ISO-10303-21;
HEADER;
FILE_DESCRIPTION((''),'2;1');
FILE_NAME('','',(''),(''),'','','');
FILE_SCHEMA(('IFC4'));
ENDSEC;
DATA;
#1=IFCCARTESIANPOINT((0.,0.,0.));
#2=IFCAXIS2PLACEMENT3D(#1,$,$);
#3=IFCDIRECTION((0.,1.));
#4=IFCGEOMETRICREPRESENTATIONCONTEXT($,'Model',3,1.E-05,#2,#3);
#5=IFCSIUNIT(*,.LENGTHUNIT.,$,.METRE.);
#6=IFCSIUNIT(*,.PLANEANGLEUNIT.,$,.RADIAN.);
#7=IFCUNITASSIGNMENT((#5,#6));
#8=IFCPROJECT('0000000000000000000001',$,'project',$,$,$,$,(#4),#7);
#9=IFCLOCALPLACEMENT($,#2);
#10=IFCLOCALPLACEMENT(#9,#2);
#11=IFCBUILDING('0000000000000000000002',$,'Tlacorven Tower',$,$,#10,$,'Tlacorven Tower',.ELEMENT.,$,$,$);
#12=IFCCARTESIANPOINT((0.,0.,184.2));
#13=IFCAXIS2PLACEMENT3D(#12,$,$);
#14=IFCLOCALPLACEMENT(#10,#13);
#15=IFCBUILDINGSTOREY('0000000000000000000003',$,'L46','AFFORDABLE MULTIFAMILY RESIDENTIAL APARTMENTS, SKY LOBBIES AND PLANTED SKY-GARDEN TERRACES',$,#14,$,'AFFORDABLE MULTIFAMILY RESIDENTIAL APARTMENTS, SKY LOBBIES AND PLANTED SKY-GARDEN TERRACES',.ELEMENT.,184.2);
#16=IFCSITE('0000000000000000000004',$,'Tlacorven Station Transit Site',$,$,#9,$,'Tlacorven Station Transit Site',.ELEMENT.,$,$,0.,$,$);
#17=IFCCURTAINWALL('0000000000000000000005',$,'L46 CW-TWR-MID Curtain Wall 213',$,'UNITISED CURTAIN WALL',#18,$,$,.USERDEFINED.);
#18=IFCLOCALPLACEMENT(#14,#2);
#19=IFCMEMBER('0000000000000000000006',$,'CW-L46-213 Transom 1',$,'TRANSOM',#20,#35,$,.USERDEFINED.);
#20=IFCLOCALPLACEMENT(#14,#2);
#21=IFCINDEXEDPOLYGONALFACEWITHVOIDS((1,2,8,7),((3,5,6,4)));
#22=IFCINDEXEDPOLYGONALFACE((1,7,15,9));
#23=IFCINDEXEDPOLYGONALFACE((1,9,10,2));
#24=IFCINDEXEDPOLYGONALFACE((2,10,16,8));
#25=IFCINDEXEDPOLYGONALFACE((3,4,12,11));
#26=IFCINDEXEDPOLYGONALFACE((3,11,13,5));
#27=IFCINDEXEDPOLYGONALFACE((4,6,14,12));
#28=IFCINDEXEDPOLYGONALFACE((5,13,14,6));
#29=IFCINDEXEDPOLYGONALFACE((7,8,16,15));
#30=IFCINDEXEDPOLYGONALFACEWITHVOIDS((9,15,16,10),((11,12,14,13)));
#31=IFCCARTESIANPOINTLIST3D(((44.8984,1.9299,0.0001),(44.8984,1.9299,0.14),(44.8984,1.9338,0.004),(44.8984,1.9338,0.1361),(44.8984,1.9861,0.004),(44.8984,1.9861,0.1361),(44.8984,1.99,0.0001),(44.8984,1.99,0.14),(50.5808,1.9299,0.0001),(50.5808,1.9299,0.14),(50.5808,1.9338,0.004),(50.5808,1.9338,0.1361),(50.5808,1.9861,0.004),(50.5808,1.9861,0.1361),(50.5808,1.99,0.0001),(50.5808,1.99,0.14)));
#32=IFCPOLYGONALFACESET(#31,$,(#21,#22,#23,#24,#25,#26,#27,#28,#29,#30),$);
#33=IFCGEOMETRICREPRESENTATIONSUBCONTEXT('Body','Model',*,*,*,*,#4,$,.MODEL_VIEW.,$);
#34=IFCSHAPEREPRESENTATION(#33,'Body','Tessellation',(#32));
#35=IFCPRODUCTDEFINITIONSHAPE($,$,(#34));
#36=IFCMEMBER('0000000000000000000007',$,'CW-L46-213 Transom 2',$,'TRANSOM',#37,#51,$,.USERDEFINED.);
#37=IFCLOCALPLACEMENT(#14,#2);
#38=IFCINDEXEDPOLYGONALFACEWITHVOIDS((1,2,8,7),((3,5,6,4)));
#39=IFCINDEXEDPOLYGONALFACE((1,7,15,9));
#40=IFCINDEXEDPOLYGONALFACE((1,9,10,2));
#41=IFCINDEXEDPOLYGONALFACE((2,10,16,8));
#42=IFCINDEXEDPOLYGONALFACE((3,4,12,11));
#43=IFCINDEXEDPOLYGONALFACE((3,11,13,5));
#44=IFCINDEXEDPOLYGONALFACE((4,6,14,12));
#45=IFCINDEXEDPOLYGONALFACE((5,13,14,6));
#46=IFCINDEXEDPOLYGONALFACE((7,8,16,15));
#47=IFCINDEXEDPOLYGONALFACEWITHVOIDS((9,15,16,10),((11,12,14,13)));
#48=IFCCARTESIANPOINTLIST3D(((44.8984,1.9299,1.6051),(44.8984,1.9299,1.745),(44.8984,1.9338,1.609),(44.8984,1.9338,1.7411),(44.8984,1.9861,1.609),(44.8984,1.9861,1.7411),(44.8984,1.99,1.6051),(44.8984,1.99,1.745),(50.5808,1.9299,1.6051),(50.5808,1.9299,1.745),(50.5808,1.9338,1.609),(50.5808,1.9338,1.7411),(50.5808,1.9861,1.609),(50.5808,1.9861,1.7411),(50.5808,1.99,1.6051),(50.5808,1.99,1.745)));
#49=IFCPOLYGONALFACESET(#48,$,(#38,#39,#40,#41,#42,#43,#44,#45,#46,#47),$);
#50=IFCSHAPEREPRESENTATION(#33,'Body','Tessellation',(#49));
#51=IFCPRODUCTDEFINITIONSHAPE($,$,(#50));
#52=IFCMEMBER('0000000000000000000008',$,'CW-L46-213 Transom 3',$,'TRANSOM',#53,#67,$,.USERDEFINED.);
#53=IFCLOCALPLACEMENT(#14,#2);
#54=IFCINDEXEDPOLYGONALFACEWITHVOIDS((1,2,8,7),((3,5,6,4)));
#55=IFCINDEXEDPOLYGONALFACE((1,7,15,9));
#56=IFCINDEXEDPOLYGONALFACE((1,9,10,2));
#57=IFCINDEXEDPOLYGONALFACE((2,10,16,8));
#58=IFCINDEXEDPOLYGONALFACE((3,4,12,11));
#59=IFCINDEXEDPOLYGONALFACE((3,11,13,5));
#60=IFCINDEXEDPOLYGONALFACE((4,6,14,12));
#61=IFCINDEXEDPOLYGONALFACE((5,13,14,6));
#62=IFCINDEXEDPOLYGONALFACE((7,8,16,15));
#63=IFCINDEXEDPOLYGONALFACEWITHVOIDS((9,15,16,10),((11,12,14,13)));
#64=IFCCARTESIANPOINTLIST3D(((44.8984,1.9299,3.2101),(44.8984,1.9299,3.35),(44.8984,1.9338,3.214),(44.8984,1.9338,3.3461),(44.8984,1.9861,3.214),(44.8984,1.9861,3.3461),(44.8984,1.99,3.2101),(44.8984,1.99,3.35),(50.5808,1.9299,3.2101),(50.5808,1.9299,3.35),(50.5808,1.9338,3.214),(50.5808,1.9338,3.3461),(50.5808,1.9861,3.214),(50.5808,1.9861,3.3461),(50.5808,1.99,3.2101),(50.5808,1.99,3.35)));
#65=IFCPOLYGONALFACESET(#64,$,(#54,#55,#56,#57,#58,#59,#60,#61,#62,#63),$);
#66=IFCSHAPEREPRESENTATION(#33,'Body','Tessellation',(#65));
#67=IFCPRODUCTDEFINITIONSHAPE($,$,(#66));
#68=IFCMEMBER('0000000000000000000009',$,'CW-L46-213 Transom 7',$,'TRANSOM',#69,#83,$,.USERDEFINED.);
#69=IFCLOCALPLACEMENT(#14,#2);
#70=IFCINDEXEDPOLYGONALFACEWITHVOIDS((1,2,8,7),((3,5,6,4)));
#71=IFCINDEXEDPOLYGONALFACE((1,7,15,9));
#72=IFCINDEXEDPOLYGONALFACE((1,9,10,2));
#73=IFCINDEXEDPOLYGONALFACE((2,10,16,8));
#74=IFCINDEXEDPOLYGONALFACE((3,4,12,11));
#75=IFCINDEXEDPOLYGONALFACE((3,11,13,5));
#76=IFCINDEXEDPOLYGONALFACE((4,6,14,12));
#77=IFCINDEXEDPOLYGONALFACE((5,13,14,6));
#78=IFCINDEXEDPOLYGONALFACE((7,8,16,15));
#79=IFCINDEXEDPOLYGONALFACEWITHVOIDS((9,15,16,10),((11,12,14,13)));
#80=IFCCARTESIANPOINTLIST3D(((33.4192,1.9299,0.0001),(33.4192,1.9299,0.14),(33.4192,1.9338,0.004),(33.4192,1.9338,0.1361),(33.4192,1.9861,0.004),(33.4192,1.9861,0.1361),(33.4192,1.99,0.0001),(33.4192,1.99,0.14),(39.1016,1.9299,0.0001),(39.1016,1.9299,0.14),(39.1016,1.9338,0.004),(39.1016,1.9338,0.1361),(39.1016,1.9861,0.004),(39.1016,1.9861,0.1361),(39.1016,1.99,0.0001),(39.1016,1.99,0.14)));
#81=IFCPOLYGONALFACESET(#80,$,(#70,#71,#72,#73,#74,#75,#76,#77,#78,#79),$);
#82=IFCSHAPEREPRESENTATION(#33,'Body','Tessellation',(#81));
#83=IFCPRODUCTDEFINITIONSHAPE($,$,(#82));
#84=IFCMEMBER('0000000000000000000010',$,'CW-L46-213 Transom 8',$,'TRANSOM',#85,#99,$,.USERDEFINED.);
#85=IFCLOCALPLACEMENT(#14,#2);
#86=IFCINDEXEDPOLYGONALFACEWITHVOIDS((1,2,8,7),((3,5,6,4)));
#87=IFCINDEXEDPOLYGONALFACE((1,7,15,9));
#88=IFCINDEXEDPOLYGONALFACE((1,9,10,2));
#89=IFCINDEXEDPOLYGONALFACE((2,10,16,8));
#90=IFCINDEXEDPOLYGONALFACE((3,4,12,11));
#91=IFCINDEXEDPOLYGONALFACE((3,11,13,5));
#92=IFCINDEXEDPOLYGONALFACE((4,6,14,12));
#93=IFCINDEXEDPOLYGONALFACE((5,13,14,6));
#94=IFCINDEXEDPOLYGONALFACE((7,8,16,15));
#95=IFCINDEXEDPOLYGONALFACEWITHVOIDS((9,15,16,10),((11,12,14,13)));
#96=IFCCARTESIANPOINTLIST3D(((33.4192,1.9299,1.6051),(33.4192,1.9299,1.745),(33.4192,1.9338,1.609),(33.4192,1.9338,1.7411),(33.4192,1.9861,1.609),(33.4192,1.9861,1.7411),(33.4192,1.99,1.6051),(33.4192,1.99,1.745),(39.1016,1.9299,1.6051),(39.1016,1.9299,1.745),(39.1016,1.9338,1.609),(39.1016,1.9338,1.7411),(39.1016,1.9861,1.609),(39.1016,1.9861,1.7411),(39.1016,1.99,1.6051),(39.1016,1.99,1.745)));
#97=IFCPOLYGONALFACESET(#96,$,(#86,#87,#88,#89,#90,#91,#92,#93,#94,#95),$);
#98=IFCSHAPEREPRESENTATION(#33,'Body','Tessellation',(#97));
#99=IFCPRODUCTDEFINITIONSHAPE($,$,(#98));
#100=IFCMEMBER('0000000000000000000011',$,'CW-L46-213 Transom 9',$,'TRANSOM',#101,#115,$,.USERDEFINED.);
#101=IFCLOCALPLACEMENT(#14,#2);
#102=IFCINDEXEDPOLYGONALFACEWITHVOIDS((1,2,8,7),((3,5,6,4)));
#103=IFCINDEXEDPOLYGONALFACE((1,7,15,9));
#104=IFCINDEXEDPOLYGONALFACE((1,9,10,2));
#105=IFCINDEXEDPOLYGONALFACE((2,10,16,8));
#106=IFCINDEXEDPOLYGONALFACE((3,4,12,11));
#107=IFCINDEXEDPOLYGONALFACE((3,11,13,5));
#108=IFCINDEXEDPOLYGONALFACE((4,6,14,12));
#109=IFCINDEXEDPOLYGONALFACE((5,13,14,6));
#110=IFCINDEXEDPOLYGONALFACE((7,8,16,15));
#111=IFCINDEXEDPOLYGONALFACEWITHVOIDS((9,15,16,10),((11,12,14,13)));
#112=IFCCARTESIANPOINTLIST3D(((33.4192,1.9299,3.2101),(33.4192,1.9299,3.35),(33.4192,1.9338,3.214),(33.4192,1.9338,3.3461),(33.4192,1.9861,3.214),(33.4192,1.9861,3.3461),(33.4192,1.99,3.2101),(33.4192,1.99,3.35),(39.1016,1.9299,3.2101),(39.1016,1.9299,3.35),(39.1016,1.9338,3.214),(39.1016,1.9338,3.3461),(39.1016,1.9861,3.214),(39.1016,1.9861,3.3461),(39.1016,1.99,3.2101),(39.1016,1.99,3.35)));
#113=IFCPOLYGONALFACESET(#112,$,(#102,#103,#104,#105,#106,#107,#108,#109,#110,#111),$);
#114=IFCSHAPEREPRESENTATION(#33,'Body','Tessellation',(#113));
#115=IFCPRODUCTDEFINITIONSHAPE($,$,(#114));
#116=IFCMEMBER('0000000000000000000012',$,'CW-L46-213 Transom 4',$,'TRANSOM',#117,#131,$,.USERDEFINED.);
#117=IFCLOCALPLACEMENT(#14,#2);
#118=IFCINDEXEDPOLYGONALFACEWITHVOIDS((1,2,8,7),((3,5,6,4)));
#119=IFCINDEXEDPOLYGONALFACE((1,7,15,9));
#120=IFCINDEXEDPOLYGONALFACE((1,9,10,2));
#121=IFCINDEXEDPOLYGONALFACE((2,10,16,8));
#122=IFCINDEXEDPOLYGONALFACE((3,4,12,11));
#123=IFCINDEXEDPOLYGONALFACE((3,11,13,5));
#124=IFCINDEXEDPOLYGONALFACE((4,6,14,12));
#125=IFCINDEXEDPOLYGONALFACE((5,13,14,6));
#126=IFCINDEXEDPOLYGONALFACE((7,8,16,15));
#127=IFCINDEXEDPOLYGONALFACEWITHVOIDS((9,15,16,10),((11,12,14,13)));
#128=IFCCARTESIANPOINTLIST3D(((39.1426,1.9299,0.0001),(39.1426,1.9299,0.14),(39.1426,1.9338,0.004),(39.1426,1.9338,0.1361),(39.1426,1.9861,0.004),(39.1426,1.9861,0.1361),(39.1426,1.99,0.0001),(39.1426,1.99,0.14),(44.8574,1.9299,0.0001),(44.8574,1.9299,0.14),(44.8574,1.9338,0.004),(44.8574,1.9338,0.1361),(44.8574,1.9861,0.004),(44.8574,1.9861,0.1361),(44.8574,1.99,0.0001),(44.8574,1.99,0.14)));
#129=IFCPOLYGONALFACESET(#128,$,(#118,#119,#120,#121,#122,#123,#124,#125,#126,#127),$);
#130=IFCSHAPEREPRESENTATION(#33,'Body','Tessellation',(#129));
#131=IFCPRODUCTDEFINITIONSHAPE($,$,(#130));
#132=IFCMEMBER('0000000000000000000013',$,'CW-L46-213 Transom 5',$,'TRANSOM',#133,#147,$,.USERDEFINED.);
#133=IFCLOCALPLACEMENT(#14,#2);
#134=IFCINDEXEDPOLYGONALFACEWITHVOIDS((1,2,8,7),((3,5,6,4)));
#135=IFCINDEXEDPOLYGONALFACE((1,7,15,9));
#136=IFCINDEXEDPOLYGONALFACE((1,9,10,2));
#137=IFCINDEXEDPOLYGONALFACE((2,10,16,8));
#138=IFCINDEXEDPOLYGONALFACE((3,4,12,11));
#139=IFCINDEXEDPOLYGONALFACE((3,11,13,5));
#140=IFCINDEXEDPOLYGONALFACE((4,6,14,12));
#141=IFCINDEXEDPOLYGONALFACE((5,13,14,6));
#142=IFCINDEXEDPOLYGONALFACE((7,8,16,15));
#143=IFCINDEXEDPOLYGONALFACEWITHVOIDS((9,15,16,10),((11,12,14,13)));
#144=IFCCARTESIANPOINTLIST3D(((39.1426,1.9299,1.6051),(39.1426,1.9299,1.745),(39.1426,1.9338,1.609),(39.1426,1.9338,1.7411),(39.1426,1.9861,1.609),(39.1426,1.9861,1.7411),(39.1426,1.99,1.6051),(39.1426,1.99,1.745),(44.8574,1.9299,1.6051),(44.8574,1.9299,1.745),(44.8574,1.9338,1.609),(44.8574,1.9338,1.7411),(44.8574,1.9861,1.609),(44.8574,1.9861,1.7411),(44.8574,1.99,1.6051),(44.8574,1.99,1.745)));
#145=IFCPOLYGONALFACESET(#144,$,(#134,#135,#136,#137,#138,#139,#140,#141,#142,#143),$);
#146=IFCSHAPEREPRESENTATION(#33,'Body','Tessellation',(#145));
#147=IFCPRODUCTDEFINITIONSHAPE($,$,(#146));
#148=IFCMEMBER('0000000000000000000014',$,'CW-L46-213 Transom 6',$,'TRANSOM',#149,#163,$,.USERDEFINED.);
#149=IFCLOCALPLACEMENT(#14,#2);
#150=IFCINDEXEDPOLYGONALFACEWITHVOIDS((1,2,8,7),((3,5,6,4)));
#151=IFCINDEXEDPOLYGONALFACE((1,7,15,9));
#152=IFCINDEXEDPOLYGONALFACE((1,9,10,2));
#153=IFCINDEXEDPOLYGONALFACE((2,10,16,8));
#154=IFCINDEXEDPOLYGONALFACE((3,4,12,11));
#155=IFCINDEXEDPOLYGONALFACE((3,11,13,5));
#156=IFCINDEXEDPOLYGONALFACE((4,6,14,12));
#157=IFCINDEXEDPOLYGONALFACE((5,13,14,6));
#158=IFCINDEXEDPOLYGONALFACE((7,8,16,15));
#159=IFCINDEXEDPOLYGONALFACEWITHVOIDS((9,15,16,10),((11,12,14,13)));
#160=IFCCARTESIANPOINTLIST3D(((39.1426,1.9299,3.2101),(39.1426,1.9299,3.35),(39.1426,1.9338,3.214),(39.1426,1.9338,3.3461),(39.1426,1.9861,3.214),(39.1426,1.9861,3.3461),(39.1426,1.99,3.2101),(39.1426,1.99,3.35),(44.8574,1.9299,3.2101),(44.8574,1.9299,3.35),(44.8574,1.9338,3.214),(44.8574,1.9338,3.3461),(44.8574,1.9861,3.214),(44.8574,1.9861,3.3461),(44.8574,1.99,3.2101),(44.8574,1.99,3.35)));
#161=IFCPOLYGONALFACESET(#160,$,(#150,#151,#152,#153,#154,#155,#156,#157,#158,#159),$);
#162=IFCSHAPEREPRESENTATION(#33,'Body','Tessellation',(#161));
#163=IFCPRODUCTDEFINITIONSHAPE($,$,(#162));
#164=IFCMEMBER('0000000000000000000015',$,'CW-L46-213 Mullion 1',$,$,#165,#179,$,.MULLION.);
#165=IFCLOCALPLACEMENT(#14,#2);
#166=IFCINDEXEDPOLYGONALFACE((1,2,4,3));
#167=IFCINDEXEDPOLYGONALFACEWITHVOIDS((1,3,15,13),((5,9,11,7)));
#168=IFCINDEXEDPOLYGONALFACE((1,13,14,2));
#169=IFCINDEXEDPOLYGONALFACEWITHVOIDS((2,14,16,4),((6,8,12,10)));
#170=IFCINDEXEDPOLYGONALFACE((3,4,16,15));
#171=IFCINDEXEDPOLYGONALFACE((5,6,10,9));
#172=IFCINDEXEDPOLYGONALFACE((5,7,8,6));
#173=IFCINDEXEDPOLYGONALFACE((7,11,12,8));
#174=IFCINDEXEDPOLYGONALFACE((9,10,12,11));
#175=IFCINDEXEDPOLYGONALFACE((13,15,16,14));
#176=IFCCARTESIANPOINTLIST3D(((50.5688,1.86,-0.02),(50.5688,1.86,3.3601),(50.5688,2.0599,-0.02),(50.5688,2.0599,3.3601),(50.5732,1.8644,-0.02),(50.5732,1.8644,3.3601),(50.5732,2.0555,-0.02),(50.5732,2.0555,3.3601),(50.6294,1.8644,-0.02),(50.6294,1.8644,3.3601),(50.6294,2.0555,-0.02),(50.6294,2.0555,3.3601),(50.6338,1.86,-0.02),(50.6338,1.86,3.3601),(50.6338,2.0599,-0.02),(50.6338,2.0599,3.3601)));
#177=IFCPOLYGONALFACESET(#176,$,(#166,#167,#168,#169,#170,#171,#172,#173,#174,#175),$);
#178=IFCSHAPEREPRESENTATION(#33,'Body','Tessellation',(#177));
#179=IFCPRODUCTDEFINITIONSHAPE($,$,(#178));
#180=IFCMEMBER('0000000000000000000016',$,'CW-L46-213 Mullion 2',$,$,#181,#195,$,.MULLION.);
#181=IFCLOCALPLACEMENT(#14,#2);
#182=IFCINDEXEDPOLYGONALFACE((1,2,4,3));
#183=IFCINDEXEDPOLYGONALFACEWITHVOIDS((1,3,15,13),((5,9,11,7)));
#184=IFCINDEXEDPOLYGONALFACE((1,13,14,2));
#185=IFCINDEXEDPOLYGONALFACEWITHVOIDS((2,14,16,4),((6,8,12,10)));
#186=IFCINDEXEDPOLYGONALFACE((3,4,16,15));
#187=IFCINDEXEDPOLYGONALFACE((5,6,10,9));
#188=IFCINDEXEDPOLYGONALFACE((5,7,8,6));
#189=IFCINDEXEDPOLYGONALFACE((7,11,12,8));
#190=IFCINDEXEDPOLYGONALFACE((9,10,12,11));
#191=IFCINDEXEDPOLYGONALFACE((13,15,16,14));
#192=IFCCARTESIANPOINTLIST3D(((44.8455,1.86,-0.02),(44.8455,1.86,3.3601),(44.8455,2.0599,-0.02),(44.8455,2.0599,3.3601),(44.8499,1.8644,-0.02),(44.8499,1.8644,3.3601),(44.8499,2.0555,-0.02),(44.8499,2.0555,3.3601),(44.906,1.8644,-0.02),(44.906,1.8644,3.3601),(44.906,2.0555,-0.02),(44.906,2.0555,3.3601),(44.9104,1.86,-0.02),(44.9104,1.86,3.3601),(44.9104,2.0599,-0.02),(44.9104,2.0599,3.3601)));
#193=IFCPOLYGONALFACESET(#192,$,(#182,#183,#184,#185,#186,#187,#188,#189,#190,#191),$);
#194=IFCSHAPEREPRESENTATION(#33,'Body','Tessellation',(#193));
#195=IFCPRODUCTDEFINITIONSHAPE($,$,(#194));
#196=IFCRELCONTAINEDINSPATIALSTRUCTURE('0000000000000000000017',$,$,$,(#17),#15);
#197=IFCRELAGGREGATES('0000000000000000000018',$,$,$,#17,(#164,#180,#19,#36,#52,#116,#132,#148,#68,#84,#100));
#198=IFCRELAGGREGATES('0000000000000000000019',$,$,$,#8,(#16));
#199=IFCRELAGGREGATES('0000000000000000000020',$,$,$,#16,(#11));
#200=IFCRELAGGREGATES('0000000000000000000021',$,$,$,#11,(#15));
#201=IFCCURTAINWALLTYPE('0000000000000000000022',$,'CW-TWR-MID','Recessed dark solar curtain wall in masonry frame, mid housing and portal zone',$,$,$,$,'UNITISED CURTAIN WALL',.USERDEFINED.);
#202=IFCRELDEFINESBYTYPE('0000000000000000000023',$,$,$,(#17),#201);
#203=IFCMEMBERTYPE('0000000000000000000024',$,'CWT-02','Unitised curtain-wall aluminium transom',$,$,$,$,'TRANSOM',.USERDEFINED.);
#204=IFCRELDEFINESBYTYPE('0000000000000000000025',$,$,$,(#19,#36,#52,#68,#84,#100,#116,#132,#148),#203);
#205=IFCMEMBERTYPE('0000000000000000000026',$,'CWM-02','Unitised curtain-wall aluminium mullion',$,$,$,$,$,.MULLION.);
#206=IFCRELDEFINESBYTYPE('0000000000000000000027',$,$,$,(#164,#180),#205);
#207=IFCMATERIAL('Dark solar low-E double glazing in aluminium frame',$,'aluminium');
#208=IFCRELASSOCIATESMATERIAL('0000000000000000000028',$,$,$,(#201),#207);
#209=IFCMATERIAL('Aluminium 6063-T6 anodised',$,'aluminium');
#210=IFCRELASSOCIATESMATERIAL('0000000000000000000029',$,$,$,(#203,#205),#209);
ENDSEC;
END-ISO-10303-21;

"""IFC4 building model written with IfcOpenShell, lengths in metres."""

from ifc_helpers import new_model, si_unit, direction, frame, origin, origin_2d, place, context, subcontext, project, spatial, hollow_rectangle, extrude, source, transform, mapped, material, material_profile, profile_set, type_object, element, aggregate, save


model = new_model("IFC4")

# Units and contexts
model_context = context("Model", 3, precision=1e-05, world=origin(), true_north=direction((0.0, 1.0)))
body_context = subcontext(model_context, "Body", "Model", "MODEL_VIEW")
ifc_project = project(units=[si_unit("LENGTHUNIT", "METRE"), si_unit("PLANEANGLEUNIT", "RADIAN")], contexts=[model_context])

# Site, building, storey
site_placement = place(None, origin())
site = spatial("IfcSite", under=ifc_project, at=site_placement, Name="Tlacorven Station Transit Site", LongName="Tlacorven Station Transit Site", CompositionType="ELEMENT", RefElevation=0.0)
building_placement = place(site_placement, origin())
building = spatial("IfcBuilding", under=site, at=building_placement, Name="Tlacorven Tower", LongName="Tlacorven Tower", CompositionType="ELEMENT")
storey_placement = place(building_placement, frame((0.0, 0.0, 184.2)))
storey = spatial("IfcBuildingStorey", under=building, at=storey_placement, Name="L46", Description="AFFORDABLE MULTIFAMILY RESIDENTIAL APARTMENTS, SKY LOBBIES AND PLANTED SKY-GARDEN TERRACES", LongName="AFFORDABLE MULTIFAMILY RESIDENTIAL APARTMENTS, SKY LOBBIES AND PLANTED SKY-GARDEN TERRACES", CompositionType="ELEMENT", Elevation=184.2)

# Curtain wall, members
ifc_material_1 = material(Name="Dark solar low-E double glazing in aluminium frame", Category="aluminium")
curtain_wall_type = type_object("IfcCurtainWallType", Name="CW-TWR-MID", Description="Recessed dark solar curtain wall in masonry frame, mid housing and portal zone", ElementType="UNITISED CURTAIN WALL", PredefinedType="USERDEFINED", material=ifc_material_1)
curtain_wall_placement = place(storey_placement, origin())
curtain_wall = element("IfcCurtainWall", 1, at=curtain_wall_placement, inside=storey, type_object=curtain_wall_type, Name="L46 CW-TWR-MID Curtain Wall 213", ObjectType="UNITISED CURTAIN WALL", PredefinedType="USERDEFINED")
ifc_material_2 = material(Name="Aluminium 6063-T6 anodised", Category="aluminium")
ifc_material_profile_1 = material_profile(ifc_material_2, hollow_rectangle(XDim=0.0601, YDim=0.1399, WallThickness=0.0039, at=origin_2d()), Name="ALU TRANSOM 60X140")
ifc_profile_set_1 = profile_set([ifc_material_profile_1], Name="Aluminium 6063-T6 anodised")
member_type_1 = type_object("IfcMemberType", Name="CWT-02", Description="Unitised curtain-wall aluminium transom", ElementType="TRANSOM", PredefinedType="USERDEFINED", material=ifc_profile_set_1)
shared_shape_1 = source(origin(), body_context, "Body", "SweptSolid", [
    extrude(hollow_rectangle(XDim=0.0601, YDim=0.1399, WallThickness=0.0039, at=origin_2d()), origin(), (0.0, 0.0, 1.0), 5.6824),
])
member_1_placement = place(storey_placement, frame((50.5808, 1.96, 0.0701), z_axis=(-1.0, 0.0, 0.0), x_axis=(0.0, -1.0, 0.0)))
member_1 = element("IfcMember", 2, at=member_1_placement, type_object=member_type_1, Name="CW-L46-213 Transom 1", ObjectType="TRANSOM", PredefinedType="USERDEFINED", context=body_context, shape_type="MappedRepresentation", body=[
    mapped(shared_shape_1, transform((0.0, 0.0, 0.0), scale=1.0)),
])
member_2_placement = place(storey_placement, frame((50.5808, 1.96, 1.675), z_axis=(-1.0, 0.0, 0.0), x_axis=(0.0, -1.0, 0.0)))
member_2 = element("IfcMember", 3, at=member_2_placement, type_object=member_type_1, Name="CW-L46-213 Transom 2", ObjectType="TRANSOM", PredefinedType="USERDEFINED", context=body_context, shape_type="MappedRepresentation", body=[
    mapped(shared_shape_1, transform((0.0, 0.0, 0.0), scale=1.0)),
])
member_3_placement = place(storey_placement, frame((50.5808, 1.96, 3.28), z_axis=(-1.0, 0.0, 0.0), x_axis=(0.0, -1.0, 0.0)))
member_3 = element("IfcMember", 4, at=member_3_placement, type_object=member_type_1, Name="CW-L46-213 Transom 3", ObjectType="TRANSOM", PredefinedType="USERDEFINED", context=body_context, shape_type="MappedRepresentation", body=[
    mapped(shared_shape_1, transform((0.0, 0.0, 0.0), scale=1.0)),
])
member_4_placement = place(storey_placement, frame((39.1016, 1.96, 0.0701), z_axis=(-1.0, 0.0, 0.0), x_axis=(0.0, -1.0, 0.0)))
member_4 = element("IfcMember", 5, at=member_4_placement, type_object=member_type_1, Name="CW-L46-213 Transom 7", ObjectType="TRANSOM", PredefinedType="USERDEFINED", context=body_context, shape_type="MappedRepresentation", body=[
    mapped(shared_shape_1, transform((0.0, 0.0, 0.0), scale=1.0)),
])
member_5_placement = place(storey_placement, frame((39.1016, 1.96, 1.675), z_axis=(-1.0, 0.0, 0.0), x_axis=(0.0, -1.0, 0.0)))
member_5 = element("IfcMember", 6, at=member_5_placement, type_object=member_type_1, Name="CW-L46-213 Transom 8", ObjectType="TRANSOM", PredefinedType="USERDEFINED", context=body_context, shape_type="MappedRepresentation", body=[
    mapped(shared_shape_1, transform((0.0, 0.0, 0.0), scale=1.0)),
])
member_6_placement = place(storey_placement, frame((39.1016, 1.96, 3.28), z_axis=(-1.0, 0.0, 0.0), x_axis=(0.0, -1.0, 0.0)))
member_6 = element("IfcMember", 7, at=member_6_placement, type_object=member_type_1, Name="CW-L46-213 Transom 9", ObjectType="TRANSOM", PredefinedType="USERDEFINED", context=body_context, shape_type="MappedRepresentation", body=[
    mapped(shared_shape_1, transform((0.0, 0.0, 0.0), scale=1.0)),
])
shared_shape_2 = source(origin(), body_context, "Body", "SweptSolid", [
    extrude(hollow_rectangle(XDim=0.0601, YDim=0.1399, WallThickness=0.0039, at=origin_2d()), origin(), (0.0, 0.0, 1.0), 5.7148),
])
member_7_placement = place(storey_placement, frame((44.8574, 1.96, 0.0701), z_axis=(-1.0, 0.0, 0.0), x_axis=(0.0, -1.0, 0.0)))
member_7 = element("IfcMember", 8, at=member_7_placement, type_object=member_type_1, Name="CW-L46-213 Transom 4", ObjectType="TRANSOM", PredefinedType="USERDEFINED", context=body_context, shape_type="MappedRepresentation", body=[
    mapped(shared_shape_2, transform((0.0, 0.0, 0.0), scale=1.0)),
])
member_8_placement = place(storey_placement, frame((44.8574, 1.96, 1.675), z_axis=(-1.0, 0.0, 0.0), x_axis=(0.0, -1.0, 0.0)))
member_8 = element("IfcMember", 9, at=member_8_placement, type_object=member_type_1, Name="CW-L46-213 Transom 5", ObjectType="TRANSOM", PredefinedType="USERDEFINED", context=body_context, shape_type="MappedRepresentation", body=[
    mapped(shared_shape_2, transform((0.0, 0.0, 0.0), scale=1.0)),
])
member_9_placement = place(storey_placement, frame((44.8574, 1.96, 3.28), z_axis=(-1.0, 0.0, 0.0), x_axis=(0.0, -1.0, 0.0)))
member_9 = element("IfcMember", 10, at=member_9_placement, type_object=member_type_1, Name="CW-L46-213 Transom 6", ObjectType="TRANSOM", PredefinedType="USERDEFINED", context=body_context, shape_type="MappedRepresentation", body=[
    mapped(shared_shape_2, transform((0.0, 0.0, 0.0), scale=1.0)),
])
ifc_material_profile_2 = material_profile(ifc_material_2, hollow_rectangle(XDim=0.0649, YDim=0.2, WallThickness=0.0044, at=origin_2d()), Name="ALU MULLION 65X200")
ifc_profile_set_2 = profile_set([ifc_material_profile_2], Name="Aluminium 6063-T6 anodised")
member_type_2 = type_object("IfcMemberType", Name="CWM-02", Description="Unitised curtain-wall aluminium mullion", PredefinedType="MULLION", material=ifc_profile_set_2)
shared_shape_3 = source(origin(), body_context, "Body", "SweptSolid", [
    extrude(hollow_rectangle(XDim=0.0649, YDim=0.2, WallThickness=0.0044, at=origin_2d()), origin(), (0.0, 0.0, 1.0), 3.3801),
])
member_10_placement = place(storey_placement, frame((50.6013, 1.96, -0.02), z_axis=(0.0, 0.0, 1.0), x_axis=(-1.0, 0.0, 0.0)))
member_10 = element("IfcMember", 11, at=member_10_placement, type_object=member_type_2, Name="CW-L46-213 Mullion 1", PredefinedType="MULLION", context=body_context, shape_type="MappedRepresentation", body=[
    mapped(shared_shape_3, transform((0.0, 0.0, 0.0), scale=1.0)),
])
member_11_placement = place(storey_placement, frame((44.8779, 1.96, -0.02), z_axis=(0.0, 0.0, 1.0), x_axis=(-1.0, 0.0, 0.0)))
member_11 = element("IfcMember", 12, at=member_11_placement, type_object=member_type_2, Name="CW-L46-213 Mullion 2", PredefinedType="MULLION", context=body_context, shape_type="MappedRepresentation", body=[
    mapped(shared_shape_3, transform((0.0, 0.0, 0.0), scale=1.0)),
])
aggregate(curtain_wall, [member_10, member_11, member_1, member_2, member_3, member_7, member_8, member_9, member_4, member_5, member_6])

save(model, "model.ifc")
